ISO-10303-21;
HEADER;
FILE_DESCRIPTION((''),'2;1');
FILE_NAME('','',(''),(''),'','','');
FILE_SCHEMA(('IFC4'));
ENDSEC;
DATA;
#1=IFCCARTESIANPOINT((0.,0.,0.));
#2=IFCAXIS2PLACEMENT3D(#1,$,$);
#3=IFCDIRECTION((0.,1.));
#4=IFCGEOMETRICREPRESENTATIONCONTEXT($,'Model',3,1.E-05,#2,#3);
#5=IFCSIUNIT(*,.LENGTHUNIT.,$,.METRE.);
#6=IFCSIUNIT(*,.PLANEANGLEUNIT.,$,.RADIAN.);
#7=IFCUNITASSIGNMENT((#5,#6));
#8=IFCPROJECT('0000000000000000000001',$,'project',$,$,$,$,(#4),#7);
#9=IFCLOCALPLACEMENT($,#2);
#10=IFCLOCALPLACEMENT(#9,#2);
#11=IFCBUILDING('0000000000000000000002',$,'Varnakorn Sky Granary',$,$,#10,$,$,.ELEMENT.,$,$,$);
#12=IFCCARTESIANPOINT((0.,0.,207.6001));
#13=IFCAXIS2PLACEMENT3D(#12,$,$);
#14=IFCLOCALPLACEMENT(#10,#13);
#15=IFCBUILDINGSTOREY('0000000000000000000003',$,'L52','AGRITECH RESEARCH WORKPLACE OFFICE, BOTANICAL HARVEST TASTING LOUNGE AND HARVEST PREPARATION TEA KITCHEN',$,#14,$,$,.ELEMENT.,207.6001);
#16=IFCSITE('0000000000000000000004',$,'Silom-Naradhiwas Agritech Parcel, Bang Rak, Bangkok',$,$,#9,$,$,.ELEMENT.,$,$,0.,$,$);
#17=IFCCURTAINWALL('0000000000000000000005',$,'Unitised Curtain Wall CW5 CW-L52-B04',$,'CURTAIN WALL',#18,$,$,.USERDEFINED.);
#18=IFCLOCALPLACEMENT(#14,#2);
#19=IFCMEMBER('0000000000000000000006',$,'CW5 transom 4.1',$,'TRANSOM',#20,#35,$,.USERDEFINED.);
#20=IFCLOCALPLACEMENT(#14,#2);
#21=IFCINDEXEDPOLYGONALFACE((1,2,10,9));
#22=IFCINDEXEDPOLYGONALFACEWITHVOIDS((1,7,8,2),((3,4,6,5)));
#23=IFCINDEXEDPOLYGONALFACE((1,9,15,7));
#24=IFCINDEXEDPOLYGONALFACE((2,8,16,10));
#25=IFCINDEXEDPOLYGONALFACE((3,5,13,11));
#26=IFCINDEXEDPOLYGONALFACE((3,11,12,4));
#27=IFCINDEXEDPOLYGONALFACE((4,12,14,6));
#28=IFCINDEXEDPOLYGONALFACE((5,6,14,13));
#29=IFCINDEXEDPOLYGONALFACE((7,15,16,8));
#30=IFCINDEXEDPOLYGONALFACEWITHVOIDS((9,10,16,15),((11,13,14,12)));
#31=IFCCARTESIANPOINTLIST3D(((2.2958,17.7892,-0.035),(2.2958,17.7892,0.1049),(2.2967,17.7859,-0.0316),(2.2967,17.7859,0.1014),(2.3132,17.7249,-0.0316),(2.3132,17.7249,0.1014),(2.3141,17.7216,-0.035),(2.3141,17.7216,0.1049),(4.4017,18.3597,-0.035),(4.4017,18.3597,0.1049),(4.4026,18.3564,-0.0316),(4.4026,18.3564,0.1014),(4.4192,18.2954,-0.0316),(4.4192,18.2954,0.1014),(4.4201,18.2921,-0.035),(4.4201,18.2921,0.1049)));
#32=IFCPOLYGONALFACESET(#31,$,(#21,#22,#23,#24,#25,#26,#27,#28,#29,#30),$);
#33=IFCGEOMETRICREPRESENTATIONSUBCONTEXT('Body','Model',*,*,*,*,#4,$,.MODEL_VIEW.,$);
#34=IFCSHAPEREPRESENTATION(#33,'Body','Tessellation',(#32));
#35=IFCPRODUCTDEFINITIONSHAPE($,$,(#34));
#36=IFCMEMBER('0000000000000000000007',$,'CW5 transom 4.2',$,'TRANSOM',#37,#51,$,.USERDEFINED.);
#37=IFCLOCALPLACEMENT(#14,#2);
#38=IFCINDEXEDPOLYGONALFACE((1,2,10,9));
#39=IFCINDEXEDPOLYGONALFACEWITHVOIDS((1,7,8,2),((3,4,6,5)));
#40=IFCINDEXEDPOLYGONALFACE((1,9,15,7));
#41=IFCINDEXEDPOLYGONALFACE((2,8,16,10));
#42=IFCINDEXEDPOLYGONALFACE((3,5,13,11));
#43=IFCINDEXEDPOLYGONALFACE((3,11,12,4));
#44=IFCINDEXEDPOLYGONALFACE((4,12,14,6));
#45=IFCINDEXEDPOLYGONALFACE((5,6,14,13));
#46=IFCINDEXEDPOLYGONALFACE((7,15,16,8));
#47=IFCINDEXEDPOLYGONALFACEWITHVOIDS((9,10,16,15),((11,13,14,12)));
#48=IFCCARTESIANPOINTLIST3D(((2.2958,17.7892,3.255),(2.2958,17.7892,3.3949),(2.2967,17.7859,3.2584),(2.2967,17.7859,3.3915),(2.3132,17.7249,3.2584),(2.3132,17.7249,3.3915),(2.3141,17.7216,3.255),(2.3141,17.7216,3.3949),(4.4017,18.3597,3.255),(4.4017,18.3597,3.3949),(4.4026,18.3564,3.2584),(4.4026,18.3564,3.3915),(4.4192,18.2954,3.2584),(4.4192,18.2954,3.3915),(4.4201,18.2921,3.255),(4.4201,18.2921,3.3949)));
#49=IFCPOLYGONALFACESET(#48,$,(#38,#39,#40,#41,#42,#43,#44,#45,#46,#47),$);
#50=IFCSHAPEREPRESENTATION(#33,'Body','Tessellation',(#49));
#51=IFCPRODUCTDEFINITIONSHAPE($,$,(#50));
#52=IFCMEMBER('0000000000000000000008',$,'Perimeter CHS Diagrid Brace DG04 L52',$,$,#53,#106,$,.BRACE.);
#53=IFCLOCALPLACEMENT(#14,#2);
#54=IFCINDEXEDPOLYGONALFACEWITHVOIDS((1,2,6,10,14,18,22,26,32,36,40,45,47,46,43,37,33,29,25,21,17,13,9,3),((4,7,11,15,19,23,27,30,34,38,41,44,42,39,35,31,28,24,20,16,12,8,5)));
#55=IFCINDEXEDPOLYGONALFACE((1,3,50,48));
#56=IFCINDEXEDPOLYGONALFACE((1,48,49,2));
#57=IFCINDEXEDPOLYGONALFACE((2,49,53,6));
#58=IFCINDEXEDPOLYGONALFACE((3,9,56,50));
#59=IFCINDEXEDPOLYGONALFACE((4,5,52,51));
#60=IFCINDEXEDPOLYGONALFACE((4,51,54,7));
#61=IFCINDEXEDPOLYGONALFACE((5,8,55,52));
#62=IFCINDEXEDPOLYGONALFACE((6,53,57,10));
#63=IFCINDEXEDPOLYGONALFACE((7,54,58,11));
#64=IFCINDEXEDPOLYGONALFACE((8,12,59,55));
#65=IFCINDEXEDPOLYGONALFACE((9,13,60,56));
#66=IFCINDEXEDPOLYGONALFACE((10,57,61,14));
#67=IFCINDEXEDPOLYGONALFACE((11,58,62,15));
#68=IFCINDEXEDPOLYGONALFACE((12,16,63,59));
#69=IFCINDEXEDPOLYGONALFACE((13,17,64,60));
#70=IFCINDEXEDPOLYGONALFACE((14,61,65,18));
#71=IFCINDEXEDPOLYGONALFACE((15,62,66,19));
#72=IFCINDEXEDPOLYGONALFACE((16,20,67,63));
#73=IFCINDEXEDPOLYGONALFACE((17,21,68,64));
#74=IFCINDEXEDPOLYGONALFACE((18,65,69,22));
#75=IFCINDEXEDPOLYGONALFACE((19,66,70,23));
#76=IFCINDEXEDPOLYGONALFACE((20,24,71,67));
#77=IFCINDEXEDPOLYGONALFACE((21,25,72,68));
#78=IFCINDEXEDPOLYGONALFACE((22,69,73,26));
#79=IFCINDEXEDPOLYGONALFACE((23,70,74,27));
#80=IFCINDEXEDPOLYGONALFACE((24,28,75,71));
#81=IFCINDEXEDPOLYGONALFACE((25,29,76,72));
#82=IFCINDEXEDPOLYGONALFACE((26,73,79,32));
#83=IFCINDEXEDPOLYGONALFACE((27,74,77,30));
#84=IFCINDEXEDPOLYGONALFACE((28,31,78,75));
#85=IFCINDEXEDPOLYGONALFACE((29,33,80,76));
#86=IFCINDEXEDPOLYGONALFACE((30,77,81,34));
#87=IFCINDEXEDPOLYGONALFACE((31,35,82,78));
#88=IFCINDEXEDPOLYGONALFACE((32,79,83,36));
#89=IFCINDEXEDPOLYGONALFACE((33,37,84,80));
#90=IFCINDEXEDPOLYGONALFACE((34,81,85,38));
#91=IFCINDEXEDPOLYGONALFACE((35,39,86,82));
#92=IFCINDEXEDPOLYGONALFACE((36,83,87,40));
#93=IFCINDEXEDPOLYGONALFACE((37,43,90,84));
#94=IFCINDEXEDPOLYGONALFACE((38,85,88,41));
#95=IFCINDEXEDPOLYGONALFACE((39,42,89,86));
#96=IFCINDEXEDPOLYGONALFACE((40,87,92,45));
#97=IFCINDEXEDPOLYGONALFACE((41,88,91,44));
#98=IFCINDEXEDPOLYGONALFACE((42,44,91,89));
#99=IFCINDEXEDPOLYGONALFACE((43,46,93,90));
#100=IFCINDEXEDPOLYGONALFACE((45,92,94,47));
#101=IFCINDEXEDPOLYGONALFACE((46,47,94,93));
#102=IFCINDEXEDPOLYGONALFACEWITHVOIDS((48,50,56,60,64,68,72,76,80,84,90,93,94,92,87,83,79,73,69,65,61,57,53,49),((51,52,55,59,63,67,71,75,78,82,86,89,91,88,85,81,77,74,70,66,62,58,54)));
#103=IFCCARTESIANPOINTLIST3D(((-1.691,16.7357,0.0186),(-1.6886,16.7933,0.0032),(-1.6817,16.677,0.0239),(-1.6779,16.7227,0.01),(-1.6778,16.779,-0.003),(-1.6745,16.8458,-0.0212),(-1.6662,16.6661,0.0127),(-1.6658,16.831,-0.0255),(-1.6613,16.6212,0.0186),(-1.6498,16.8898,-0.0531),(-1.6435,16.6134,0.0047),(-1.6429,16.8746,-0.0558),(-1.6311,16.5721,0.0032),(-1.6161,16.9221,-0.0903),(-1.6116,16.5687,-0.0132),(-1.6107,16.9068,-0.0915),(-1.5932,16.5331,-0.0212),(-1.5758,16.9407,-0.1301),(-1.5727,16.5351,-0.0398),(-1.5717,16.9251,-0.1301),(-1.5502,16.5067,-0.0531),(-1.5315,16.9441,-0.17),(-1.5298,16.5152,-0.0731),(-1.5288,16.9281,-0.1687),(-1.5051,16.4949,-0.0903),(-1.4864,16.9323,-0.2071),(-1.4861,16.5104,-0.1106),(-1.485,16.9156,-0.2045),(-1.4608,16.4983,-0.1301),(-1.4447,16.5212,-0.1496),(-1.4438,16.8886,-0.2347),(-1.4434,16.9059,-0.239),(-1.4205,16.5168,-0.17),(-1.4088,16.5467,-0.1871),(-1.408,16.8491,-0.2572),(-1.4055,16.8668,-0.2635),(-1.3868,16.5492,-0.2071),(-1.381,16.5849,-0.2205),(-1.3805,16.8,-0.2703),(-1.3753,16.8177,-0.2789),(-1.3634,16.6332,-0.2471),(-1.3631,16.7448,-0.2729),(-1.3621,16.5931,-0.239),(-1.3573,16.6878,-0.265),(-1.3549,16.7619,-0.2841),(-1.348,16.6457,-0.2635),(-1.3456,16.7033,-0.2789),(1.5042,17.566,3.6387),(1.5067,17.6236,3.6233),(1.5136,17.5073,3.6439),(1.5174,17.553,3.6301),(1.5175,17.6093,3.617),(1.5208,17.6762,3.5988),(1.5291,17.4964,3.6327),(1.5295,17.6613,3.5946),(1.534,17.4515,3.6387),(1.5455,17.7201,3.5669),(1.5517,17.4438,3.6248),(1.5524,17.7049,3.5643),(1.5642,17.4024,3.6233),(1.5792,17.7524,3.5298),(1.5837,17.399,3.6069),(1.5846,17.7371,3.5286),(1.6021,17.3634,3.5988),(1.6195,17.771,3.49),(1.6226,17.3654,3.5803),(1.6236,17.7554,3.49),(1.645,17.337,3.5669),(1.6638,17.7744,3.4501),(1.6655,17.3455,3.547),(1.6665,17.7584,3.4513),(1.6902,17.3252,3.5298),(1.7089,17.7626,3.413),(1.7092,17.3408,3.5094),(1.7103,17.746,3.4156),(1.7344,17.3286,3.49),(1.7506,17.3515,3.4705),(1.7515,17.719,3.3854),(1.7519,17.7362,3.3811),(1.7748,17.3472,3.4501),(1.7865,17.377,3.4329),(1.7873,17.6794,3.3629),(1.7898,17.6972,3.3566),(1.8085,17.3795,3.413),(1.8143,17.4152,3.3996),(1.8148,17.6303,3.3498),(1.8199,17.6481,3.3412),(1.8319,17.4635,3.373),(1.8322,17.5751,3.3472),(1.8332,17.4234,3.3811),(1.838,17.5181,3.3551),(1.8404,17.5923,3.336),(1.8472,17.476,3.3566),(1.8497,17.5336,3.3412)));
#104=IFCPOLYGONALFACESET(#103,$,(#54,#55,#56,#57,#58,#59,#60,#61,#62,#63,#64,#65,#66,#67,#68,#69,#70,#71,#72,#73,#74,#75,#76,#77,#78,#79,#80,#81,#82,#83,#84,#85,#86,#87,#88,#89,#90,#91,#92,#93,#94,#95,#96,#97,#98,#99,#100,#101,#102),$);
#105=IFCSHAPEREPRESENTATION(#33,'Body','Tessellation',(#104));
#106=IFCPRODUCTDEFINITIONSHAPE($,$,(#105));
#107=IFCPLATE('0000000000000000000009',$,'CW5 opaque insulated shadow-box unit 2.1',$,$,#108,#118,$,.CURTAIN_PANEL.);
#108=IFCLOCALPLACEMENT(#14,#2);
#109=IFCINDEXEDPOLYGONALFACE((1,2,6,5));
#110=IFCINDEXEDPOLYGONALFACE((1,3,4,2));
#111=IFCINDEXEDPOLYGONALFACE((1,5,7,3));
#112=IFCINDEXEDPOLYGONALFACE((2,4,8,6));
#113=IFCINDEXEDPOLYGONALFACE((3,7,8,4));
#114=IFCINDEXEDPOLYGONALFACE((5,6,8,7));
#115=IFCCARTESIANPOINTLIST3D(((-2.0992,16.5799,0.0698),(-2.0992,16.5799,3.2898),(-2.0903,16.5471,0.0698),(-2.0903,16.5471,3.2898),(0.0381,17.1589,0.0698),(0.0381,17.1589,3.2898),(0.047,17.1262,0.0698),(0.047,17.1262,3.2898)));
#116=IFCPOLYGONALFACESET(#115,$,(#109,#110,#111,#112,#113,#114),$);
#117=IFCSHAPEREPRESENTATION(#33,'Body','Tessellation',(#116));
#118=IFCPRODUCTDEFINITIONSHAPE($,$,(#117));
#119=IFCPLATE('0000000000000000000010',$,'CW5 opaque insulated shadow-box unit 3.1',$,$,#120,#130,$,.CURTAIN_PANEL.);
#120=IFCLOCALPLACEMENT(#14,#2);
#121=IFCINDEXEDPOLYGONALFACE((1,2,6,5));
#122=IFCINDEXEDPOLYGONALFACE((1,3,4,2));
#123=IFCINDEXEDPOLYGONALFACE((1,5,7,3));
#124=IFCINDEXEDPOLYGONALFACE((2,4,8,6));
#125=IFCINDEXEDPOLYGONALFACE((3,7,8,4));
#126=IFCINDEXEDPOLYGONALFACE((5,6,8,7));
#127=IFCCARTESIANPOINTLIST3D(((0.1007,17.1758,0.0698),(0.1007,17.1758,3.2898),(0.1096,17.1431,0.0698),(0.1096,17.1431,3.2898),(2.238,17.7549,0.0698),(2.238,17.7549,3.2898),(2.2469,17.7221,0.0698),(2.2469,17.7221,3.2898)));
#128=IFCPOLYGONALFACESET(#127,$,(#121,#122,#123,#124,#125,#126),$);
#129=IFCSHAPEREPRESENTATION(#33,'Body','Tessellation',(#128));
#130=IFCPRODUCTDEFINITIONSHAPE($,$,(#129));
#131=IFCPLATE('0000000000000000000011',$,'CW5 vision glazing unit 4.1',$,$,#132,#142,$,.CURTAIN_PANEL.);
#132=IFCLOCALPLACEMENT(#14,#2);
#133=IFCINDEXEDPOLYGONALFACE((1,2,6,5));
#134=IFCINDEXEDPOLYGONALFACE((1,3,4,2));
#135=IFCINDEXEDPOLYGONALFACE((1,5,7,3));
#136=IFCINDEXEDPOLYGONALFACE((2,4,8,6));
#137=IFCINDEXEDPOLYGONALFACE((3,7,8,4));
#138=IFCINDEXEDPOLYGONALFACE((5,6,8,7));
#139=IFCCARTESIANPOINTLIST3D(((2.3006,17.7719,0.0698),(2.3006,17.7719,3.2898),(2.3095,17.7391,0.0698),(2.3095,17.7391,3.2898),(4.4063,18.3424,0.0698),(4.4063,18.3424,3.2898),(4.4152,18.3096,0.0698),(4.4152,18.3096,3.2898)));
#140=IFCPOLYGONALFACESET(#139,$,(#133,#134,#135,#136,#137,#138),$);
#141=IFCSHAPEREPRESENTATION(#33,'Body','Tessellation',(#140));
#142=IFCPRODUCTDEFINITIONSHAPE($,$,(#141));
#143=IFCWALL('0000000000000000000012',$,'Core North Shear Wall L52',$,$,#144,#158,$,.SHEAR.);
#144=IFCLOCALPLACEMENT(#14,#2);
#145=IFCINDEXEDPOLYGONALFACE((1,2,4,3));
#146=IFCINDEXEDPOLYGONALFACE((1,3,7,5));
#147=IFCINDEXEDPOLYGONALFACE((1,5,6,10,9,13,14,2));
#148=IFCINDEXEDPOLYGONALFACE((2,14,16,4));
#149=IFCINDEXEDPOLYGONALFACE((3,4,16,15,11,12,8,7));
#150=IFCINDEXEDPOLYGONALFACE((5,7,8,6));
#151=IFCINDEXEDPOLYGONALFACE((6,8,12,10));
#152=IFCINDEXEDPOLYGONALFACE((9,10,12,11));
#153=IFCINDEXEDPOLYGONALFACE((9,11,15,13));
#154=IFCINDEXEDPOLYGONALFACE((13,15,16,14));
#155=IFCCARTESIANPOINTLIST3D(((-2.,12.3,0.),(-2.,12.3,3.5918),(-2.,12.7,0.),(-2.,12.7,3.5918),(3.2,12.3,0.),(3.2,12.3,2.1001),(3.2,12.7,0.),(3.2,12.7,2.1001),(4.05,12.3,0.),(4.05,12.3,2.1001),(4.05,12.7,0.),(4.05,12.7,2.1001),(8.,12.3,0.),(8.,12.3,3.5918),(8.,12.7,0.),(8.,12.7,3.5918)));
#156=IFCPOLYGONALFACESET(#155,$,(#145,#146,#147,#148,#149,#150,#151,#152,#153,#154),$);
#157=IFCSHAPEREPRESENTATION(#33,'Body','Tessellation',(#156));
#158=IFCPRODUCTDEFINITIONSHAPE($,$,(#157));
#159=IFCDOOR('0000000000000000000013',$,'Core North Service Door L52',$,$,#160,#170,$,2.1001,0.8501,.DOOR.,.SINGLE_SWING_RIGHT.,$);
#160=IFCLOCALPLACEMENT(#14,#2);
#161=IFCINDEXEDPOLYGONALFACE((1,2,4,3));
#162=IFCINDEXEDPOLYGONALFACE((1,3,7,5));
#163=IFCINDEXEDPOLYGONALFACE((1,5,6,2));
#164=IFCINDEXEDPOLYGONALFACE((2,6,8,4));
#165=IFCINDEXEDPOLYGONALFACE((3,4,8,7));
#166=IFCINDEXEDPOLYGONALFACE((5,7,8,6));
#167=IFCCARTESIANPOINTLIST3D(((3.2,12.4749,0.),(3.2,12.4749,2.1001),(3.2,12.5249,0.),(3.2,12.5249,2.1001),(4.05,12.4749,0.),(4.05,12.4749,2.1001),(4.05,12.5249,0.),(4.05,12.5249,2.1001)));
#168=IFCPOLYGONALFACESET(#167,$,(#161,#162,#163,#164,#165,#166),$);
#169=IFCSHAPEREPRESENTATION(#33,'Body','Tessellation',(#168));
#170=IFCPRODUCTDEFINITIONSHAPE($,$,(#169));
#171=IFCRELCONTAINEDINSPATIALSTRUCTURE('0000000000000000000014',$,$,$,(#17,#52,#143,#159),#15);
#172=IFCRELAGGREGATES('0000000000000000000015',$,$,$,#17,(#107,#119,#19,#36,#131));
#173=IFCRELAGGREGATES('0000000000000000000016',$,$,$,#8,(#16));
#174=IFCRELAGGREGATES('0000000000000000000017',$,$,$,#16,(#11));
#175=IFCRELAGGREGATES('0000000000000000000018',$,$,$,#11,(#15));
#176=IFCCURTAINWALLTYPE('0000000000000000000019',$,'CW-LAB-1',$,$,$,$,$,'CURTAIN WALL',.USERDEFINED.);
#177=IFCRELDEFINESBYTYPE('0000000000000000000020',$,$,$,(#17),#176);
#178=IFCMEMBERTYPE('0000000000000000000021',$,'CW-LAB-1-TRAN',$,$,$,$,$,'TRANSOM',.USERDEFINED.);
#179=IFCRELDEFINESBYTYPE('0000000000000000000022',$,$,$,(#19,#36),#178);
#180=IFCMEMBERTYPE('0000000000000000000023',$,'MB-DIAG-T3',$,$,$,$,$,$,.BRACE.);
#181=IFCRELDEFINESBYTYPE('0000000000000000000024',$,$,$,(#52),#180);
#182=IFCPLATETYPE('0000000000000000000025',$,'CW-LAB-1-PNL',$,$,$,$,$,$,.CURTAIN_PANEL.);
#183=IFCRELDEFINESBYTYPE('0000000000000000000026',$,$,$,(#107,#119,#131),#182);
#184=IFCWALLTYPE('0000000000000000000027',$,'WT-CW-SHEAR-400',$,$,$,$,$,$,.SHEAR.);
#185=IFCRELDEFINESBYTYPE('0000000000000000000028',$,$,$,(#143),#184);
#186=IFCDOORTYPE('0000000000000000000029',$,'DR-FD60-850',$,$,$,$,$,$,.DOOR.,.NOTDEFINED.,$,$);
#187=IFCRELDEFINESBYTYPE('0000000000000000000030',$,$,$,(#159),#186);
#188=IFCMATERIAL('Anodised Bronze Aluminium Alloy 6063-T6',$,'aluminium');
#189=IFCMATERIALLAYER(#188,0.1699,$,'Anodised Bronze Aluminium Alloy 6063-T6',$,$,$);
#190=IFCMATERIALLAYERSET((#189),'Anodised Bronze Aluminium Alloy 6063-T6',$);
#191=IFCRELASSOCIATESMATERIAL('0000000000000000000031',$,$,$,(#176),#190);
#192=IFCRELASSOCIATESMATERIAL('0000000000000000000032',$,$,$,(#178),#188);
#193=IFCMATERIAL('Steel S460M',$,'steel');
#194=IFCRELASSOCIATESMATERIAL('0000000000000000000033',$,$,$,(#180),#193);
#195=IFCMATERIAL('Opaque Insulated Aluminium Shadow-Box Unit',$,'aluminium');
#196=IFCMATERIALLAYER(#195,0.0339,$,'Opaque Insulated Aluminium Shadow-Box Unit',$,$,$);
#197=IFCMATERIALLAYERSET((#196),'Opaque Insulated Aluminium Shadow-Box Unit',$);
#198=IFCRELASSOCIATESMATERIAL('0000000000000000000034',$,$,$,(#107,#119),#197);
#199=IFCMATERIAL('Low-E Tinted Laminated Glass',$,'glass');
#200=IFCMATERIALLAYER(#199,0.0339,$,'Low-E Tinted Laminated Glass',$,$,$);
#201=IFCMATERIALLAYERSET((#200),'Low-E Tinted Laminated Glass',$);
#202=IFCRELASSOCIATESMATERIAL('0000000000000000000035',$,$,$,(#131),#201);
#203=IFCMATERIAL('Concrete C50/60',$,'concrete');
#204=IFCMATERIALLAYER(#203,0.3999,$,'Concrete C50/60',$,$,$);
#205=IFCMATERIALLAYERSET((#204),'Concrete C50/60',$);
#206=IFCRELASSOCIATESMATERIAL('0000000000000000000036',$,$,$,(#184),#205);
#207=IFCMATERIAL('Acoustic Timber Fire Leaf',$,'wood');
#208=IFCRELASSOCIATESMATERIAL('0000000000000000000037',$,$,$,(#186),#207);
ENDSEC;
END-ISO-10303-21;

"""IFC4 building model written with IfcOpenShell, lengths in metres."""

from ifc_helpers import new_model, si_unit, direction, frame, frame_2d, origin, origin_2d, place, context, subcontext, project, spatial, rectangle, hollow_rectangle, hollow_circle, extrude, source, transform, mapped, material, layer, layer_set, material_profile, profile_set, type_object, type_shapes, element, fill, aggregate, save


model = new_model("IFC4")

# Units and contexts
model_context = context("Model", 3, precision=1e-05, world=origin(), true_north=direction((0.0, 1.0)))
body_context = subcontext(model_context, "Body", "Model", "MODEL_VIEW")
ifc_project = project(units=[si_unit("LENGTHUNIT", "METRE"), si_unit("PLANEANGLEUNIT", "RADIAN")], contexts=[model_context])

# Site, building, storey
site_placement = place(None, origin())
site = spatial("IfcSite", under=ifc_project, at=site_placement, Name="Silom-Naradhiwas Agritech Parcel, Bang Rak, Bangkok", CompositionType="ELEMENT", RefElevation=0.0)
building_placement = place(site_placement, origin())
building = spatial("IfcBuilding", under=site, at=building_placement, Name="Varnakorn Sky Granary", CompositionType="ELEMENT")
storey_placement = place(building_placement, frame((0.0, 0.0, 207.6001)))
storey = spatial("IfcBuildingStorey", under=building, at=storey_placement, Name="L52", Description="AGRITECH RESEARCH WORKPLACE OFFICE, BOTANICAL HARVEST TASTING LOUNGE AND HARVEST PREPARATION TEA KITCHEN", CompositionType="ELEMENT", Elevation=207.6001)

# Curtain wall, members
ifc_material_1 = material(Name="Anodised Bronze Aluminium Alloy 6063-T6", Category="aluminium")
ifc_layer_1 = layer(ifc_material_1, 0.1699, Name="Anodised Bronze Aluminium Alloy 6063-T6")
ifc_layer_set_1 = layer_set([ifc_layer_1], Name="Anodised Bronze Aluminium Alloy 6063-T6")
curtain_wall_type = type_object("IfcCurtainWallType", Name="CW-LAB-1", ElementType="CURTAIN WALL", PredefinedType="USERDEFINED", material=ifc_layer_set_1)
curtain_wall_placement = place(storey_placement, origin())
curtain_wall = element("IfcCurtainWall", 1, at=curtain_wall_placement, inside=storey, type_object=curtain_wall_type, Name="Unitised Curtain Wall CW5 CW-L52-B04", ObjectType="CURTAIN WALL", PredefinedType="USERDEFINED")
ifc_material_profile_1 = material_profile(ifc_material_1, hollow_rectangle(XDim=0.0701, YDim=0.1399, WallThickness=0.0034, at=origin_2d()), Name="ALU TRAN 70x140")
ifc_profile_set_1 = profile_set([ifc_material_profile_1], Name="Anodised Bronze Aluminium Alloy 6063-T6")
member_type_1 = type_object("IfcMemberType", Name="CW-LAB-1-TRAN", ElementType="TRANSOM", PredefinedType="USERDEFINED", material=ifc_profile_set_1)
member_1_placement = place(storey_placement, frame((2.3049, 17.7554, 0.0349), z_axis=(0.965204, 0.261498, 0.0), x_axis=(-0.261498, 0.965204, 0.0)))
member_1 = element("IfcMember", 2, at=member_1_placement, type_object=member_type_1, Name="CW5 transom 4.1", ObjectType="TRANSOM", PredefinedType="USERDEFINED", context=body_context, shape_type="SweptSolid", body=[
    extrude(hollow_rectangle(XDim=0.0701, YDim=0.1399, WallThickness=0.0034, at=origin_2d()), origin(), (0.0, 0.0, 1.0), 2.1819),
])
member_2_placement = place(storey_placement, frame((2.3049, 17.7554, 3.325), z_axis=(0.965204, 0.261498, 0.0), x_axis=(-0.261498, 0.965204, 0.0)))
member_2 = element("IfcMember", 3, at=member_2_placement, type_object=member_type_1, Name="CW5 transom 4.2", ObjectType="TRANSOM", PredefinedType="USERDEFINED", context=body_context, shape_type="SweptSolid", body=[
    extrude(hollow_rectangle(XDim=0.0701, YDim=0.1399, WallThickness=0.0034, at=origin_2d()), origin(), (0.0, 0.0, 1.0), 2.1819),
])

# Member
ifc_material_2 = material(Name="Steel S460M", Category="steel")
ifc_material_profile_2 = material_profile(ifc_material_2, hollow_circle(Radius=0.2285, WallThickness=0.0161, at=origin_2d()), Name="CHS 457x16")
ifc_profile_set_2 = profile_set([ifc_material_profile_2], Name="Steel S460M")
member_type_2 = type_object("IfcMemberType", Name="MB-DIAG-T3", PredefinedType="BRACE", material=ifc_profile_set_2)
member_3_placement = place(storey_placement, frame((-1.5183, 16.7195, -0.1301), z_axis=(0.652177, 0.169472, 0.738881), x_axis=(-0.251504, 0.967856, 0.0)))
element("IfcMember", 4, at=member_3_placement, inside=storey, type_object=member_type_2, Name="Perimeter CHS Diagrid Brace DG04 L52", PredefinedType="BRACE", context=body_context, shape_type="SweptSolid", body=[
    extrude(hollow_circle(Radius=0.2285, WallThickness=0.0161, at=origin_2d()), origin(), (0.0, 0.0, 1.0), 4.8994),
])

# Plates
ifc_material_3 = material(Name="Opaque Insulated Aluminium Shadow-Box Unit", Category="aluminium")
ifc_layer_2 = layer(ifc_material_3, 0.0339, Name="Opaque Insulated Aluminium Shadow-Box Unit")
ifc_layer_set_2 = layer_set([ifc_layer_2], Name="Opaque Insulated Aluminium Shadow-Box Unit")
plate_type = type_object("IfcPlateType", Name="CW-LAB-1-PNL", PredefinedType="CURTAIN_PANEL")
shared_shape_1 = source(origin(), body_context, "Body", "SweptSolid", [
    extrude(rectangle(XDim=2.2144, YDim=0.0339, at=origin_2d()), origin(), (0.0, 0.0, 1.0), 3.22),
])
plate_1_placement = place(storey_placement, frame((-1.0261, 16.853, 0.0698), z_axis=(0.0, 0.0, 1.0), x_axis=(0.965203, 0.261502, 0.0)))
plate_1 = element("IfcPlate", 5, at=plate_1_placement, type_object=plate_type, material=ifc_layer_set_2, Name="CW5 opaque insulated shadow-box unit 2.1", PredefinedType="CURTAIN_PANEL", context=body_context, shape_type="MappedRepresentation", body=[
    mapped(shared_shape_1, transform((0.0, 0.0, 0.0), x_axis=(1.0, 0.0, 0.0), y_axis=(0.0, 1.0, 0.0), z_axis=(0.0, 0.0, 1.0), scale=1.0)),
])
plate_2_placement = place(storey_placement, frame((1.1738, 17.449, 0.0698), z_axis=(0.0, 0.0, 1.0), x_axis=(0.965203, 0.261502, 0.0)))
plate_2 = element("IfcPlate", 6, at=plate_2_placement, type_object=plate_type, material=ifc_layer_set_2, Name="CW5 opaque insulated shadow-box unit 3.1", PredefinedType="CURTAIN_PANEL", context=body_context, shape_type="MappedRepresentation", body=[
    mapped(shared_shape_1, transform((0.0, 0.0, 0.0), x_axis=(1.0, 0.0, 0.0), y_axis=(0.0, 1.0, 0.0), z_axis=(0.0, 0.0, 1.0), scale=1.0)),
])
ifc_material_4 = material(Name="Low-E Tinted Laminated Glass", Category="glass")
ifc_layer_3 = layer(ifc_material_4, 0.0339, Name="Low-E Tinted Laminated Glass")
ifc_layer_set_3 = layer_set([ifc_layer_3], Name="Low-E Tinted Laminated Glass")
shared_shape_2 = source(origin(), body_context, "Body", "SweptSolid", [
    extrude(rectangle(XDim=2.1816, YDim=0.0339, at=origin_2d()), origin(), (0.0, 0.0, 1.0), 3.22),
])
type_shapes(plate_type, [shared_shape_1, shared_shape_2])
plate_3_placement = place(storey_placement, frame((3.3579, 18.0408, 0.0698), z_axis=(0.0, 0.0, 1.0), x_axis=(0.965203, 0.261502, 0.0)))
plate_3 = element("IfcPlate", 7, at=plate_3_placement, type_object=plate_type, material=ifc_layer_set_3, Name="CW5 vision glazing unit 4.1", PredefinedType="CURTAIN_PANEL", context=body_context, shape_type="MappedRepresentation", body=[
    mapped(shared_shape_2, transform((0.0, 0.0, 0.0), x_axis=(1.0, 0.0, 0.0), y_axis=(0.0, 1.0, 0.0), z_axis=(0.0, 0.0, 1.0), scale=1.0)),
])
aggregate(curtain_wall, [plate_1, plate_2, member_1, member_2, plate_3])

# Wall, opening, door
ifc_material_5 = material(Name="Concrete C50/60", Category="concrete")
ifc_layer_4 = layer(ifc_material_5, 0.3999, Name="Concrete C50/60")
ifc_layer_set_4 = layer_set([ifc_layer_4], Name="Concrete C50/60")
wall_type_1 = type_object("IfcWallType", Name="WT-CW-SHEAR-400", PredefinedType="SHEAR", material=ifc_layer_set_4)
wall_1_placement = place(storey_placement, frame((-2.0, 12.5, 0.0), z_axis=(0.0, 0.0, 1.0), x_axis=(1.0, 0.0, 0.0)))
wall_1 = element("IfcWall", 8, at=wall_1_placement, inside=storey, type_object=wall_type_1, Name="Core North Shear Wall L52", PredefinedType="SHEAR", context=body_context, shape_type="SweptSolid", body=[
    extrude(rectangle(XDim=10.0, YDim=0.3999, at=frame_2d((5.0, 0.0))), origin(), (0.0, 0.0, 1.0), 3.5918),
])
opening_placement = place(wall_1_placement, frame((5.2, 0.0, 0.0)))
opening = element("IfcOpeningElement", 9, at=opening_placement, cuts=wall_1, PredefinedType="OPENING", context=body_context, shape_type="SweptSolid", body=[
    extrude(rectangle(XDim=0.8501, YDim=2.1001, at=frame_2d((0.425, 1.05))), frame((0.0, 0.21, 0.0), z_axis=(0.0, -1.0, 0.0), x_axis=(1.0, 0.0, 0.0)), (0.0, 0.0, 1.0), 0.4199),
])
ifc_material_6 = material(Name="Acoustic Timber Fire Leaf", Category="wood")
door_type = type_object("IfcDoorType", Name="DR-FD60-850", OperationType="NOTDEFINED", PredefinedType="DOOR", material=ifc_material_6)
door_placement = place(opening_placement, origin())
door = element("IfcDoor", 10, at=door_placement, inside=storey, type_object=door_type, Name="Core North Service Door L52", OperationType="SINGLE_SWING_RIGHT", OverallHeight=2.1001, OverallWidth=0.8501, PredefinedType="DOOR", context=body_context, shape_type="SweptSolid", body=[
    extrude(rectangle(XDim=0.8501, YDim=2.1001, at=frame_2d((0.425, 1.05))), frame((0.0, 0.0249, 0.0), z_axis=(0.0, -1.0, 0.0), x_axis=(1.0, 0.0, 0.0)), (0.0, 0.0, 1.0), 0.05),
])
fill(opening, door)

save(model, "model.ifc")
